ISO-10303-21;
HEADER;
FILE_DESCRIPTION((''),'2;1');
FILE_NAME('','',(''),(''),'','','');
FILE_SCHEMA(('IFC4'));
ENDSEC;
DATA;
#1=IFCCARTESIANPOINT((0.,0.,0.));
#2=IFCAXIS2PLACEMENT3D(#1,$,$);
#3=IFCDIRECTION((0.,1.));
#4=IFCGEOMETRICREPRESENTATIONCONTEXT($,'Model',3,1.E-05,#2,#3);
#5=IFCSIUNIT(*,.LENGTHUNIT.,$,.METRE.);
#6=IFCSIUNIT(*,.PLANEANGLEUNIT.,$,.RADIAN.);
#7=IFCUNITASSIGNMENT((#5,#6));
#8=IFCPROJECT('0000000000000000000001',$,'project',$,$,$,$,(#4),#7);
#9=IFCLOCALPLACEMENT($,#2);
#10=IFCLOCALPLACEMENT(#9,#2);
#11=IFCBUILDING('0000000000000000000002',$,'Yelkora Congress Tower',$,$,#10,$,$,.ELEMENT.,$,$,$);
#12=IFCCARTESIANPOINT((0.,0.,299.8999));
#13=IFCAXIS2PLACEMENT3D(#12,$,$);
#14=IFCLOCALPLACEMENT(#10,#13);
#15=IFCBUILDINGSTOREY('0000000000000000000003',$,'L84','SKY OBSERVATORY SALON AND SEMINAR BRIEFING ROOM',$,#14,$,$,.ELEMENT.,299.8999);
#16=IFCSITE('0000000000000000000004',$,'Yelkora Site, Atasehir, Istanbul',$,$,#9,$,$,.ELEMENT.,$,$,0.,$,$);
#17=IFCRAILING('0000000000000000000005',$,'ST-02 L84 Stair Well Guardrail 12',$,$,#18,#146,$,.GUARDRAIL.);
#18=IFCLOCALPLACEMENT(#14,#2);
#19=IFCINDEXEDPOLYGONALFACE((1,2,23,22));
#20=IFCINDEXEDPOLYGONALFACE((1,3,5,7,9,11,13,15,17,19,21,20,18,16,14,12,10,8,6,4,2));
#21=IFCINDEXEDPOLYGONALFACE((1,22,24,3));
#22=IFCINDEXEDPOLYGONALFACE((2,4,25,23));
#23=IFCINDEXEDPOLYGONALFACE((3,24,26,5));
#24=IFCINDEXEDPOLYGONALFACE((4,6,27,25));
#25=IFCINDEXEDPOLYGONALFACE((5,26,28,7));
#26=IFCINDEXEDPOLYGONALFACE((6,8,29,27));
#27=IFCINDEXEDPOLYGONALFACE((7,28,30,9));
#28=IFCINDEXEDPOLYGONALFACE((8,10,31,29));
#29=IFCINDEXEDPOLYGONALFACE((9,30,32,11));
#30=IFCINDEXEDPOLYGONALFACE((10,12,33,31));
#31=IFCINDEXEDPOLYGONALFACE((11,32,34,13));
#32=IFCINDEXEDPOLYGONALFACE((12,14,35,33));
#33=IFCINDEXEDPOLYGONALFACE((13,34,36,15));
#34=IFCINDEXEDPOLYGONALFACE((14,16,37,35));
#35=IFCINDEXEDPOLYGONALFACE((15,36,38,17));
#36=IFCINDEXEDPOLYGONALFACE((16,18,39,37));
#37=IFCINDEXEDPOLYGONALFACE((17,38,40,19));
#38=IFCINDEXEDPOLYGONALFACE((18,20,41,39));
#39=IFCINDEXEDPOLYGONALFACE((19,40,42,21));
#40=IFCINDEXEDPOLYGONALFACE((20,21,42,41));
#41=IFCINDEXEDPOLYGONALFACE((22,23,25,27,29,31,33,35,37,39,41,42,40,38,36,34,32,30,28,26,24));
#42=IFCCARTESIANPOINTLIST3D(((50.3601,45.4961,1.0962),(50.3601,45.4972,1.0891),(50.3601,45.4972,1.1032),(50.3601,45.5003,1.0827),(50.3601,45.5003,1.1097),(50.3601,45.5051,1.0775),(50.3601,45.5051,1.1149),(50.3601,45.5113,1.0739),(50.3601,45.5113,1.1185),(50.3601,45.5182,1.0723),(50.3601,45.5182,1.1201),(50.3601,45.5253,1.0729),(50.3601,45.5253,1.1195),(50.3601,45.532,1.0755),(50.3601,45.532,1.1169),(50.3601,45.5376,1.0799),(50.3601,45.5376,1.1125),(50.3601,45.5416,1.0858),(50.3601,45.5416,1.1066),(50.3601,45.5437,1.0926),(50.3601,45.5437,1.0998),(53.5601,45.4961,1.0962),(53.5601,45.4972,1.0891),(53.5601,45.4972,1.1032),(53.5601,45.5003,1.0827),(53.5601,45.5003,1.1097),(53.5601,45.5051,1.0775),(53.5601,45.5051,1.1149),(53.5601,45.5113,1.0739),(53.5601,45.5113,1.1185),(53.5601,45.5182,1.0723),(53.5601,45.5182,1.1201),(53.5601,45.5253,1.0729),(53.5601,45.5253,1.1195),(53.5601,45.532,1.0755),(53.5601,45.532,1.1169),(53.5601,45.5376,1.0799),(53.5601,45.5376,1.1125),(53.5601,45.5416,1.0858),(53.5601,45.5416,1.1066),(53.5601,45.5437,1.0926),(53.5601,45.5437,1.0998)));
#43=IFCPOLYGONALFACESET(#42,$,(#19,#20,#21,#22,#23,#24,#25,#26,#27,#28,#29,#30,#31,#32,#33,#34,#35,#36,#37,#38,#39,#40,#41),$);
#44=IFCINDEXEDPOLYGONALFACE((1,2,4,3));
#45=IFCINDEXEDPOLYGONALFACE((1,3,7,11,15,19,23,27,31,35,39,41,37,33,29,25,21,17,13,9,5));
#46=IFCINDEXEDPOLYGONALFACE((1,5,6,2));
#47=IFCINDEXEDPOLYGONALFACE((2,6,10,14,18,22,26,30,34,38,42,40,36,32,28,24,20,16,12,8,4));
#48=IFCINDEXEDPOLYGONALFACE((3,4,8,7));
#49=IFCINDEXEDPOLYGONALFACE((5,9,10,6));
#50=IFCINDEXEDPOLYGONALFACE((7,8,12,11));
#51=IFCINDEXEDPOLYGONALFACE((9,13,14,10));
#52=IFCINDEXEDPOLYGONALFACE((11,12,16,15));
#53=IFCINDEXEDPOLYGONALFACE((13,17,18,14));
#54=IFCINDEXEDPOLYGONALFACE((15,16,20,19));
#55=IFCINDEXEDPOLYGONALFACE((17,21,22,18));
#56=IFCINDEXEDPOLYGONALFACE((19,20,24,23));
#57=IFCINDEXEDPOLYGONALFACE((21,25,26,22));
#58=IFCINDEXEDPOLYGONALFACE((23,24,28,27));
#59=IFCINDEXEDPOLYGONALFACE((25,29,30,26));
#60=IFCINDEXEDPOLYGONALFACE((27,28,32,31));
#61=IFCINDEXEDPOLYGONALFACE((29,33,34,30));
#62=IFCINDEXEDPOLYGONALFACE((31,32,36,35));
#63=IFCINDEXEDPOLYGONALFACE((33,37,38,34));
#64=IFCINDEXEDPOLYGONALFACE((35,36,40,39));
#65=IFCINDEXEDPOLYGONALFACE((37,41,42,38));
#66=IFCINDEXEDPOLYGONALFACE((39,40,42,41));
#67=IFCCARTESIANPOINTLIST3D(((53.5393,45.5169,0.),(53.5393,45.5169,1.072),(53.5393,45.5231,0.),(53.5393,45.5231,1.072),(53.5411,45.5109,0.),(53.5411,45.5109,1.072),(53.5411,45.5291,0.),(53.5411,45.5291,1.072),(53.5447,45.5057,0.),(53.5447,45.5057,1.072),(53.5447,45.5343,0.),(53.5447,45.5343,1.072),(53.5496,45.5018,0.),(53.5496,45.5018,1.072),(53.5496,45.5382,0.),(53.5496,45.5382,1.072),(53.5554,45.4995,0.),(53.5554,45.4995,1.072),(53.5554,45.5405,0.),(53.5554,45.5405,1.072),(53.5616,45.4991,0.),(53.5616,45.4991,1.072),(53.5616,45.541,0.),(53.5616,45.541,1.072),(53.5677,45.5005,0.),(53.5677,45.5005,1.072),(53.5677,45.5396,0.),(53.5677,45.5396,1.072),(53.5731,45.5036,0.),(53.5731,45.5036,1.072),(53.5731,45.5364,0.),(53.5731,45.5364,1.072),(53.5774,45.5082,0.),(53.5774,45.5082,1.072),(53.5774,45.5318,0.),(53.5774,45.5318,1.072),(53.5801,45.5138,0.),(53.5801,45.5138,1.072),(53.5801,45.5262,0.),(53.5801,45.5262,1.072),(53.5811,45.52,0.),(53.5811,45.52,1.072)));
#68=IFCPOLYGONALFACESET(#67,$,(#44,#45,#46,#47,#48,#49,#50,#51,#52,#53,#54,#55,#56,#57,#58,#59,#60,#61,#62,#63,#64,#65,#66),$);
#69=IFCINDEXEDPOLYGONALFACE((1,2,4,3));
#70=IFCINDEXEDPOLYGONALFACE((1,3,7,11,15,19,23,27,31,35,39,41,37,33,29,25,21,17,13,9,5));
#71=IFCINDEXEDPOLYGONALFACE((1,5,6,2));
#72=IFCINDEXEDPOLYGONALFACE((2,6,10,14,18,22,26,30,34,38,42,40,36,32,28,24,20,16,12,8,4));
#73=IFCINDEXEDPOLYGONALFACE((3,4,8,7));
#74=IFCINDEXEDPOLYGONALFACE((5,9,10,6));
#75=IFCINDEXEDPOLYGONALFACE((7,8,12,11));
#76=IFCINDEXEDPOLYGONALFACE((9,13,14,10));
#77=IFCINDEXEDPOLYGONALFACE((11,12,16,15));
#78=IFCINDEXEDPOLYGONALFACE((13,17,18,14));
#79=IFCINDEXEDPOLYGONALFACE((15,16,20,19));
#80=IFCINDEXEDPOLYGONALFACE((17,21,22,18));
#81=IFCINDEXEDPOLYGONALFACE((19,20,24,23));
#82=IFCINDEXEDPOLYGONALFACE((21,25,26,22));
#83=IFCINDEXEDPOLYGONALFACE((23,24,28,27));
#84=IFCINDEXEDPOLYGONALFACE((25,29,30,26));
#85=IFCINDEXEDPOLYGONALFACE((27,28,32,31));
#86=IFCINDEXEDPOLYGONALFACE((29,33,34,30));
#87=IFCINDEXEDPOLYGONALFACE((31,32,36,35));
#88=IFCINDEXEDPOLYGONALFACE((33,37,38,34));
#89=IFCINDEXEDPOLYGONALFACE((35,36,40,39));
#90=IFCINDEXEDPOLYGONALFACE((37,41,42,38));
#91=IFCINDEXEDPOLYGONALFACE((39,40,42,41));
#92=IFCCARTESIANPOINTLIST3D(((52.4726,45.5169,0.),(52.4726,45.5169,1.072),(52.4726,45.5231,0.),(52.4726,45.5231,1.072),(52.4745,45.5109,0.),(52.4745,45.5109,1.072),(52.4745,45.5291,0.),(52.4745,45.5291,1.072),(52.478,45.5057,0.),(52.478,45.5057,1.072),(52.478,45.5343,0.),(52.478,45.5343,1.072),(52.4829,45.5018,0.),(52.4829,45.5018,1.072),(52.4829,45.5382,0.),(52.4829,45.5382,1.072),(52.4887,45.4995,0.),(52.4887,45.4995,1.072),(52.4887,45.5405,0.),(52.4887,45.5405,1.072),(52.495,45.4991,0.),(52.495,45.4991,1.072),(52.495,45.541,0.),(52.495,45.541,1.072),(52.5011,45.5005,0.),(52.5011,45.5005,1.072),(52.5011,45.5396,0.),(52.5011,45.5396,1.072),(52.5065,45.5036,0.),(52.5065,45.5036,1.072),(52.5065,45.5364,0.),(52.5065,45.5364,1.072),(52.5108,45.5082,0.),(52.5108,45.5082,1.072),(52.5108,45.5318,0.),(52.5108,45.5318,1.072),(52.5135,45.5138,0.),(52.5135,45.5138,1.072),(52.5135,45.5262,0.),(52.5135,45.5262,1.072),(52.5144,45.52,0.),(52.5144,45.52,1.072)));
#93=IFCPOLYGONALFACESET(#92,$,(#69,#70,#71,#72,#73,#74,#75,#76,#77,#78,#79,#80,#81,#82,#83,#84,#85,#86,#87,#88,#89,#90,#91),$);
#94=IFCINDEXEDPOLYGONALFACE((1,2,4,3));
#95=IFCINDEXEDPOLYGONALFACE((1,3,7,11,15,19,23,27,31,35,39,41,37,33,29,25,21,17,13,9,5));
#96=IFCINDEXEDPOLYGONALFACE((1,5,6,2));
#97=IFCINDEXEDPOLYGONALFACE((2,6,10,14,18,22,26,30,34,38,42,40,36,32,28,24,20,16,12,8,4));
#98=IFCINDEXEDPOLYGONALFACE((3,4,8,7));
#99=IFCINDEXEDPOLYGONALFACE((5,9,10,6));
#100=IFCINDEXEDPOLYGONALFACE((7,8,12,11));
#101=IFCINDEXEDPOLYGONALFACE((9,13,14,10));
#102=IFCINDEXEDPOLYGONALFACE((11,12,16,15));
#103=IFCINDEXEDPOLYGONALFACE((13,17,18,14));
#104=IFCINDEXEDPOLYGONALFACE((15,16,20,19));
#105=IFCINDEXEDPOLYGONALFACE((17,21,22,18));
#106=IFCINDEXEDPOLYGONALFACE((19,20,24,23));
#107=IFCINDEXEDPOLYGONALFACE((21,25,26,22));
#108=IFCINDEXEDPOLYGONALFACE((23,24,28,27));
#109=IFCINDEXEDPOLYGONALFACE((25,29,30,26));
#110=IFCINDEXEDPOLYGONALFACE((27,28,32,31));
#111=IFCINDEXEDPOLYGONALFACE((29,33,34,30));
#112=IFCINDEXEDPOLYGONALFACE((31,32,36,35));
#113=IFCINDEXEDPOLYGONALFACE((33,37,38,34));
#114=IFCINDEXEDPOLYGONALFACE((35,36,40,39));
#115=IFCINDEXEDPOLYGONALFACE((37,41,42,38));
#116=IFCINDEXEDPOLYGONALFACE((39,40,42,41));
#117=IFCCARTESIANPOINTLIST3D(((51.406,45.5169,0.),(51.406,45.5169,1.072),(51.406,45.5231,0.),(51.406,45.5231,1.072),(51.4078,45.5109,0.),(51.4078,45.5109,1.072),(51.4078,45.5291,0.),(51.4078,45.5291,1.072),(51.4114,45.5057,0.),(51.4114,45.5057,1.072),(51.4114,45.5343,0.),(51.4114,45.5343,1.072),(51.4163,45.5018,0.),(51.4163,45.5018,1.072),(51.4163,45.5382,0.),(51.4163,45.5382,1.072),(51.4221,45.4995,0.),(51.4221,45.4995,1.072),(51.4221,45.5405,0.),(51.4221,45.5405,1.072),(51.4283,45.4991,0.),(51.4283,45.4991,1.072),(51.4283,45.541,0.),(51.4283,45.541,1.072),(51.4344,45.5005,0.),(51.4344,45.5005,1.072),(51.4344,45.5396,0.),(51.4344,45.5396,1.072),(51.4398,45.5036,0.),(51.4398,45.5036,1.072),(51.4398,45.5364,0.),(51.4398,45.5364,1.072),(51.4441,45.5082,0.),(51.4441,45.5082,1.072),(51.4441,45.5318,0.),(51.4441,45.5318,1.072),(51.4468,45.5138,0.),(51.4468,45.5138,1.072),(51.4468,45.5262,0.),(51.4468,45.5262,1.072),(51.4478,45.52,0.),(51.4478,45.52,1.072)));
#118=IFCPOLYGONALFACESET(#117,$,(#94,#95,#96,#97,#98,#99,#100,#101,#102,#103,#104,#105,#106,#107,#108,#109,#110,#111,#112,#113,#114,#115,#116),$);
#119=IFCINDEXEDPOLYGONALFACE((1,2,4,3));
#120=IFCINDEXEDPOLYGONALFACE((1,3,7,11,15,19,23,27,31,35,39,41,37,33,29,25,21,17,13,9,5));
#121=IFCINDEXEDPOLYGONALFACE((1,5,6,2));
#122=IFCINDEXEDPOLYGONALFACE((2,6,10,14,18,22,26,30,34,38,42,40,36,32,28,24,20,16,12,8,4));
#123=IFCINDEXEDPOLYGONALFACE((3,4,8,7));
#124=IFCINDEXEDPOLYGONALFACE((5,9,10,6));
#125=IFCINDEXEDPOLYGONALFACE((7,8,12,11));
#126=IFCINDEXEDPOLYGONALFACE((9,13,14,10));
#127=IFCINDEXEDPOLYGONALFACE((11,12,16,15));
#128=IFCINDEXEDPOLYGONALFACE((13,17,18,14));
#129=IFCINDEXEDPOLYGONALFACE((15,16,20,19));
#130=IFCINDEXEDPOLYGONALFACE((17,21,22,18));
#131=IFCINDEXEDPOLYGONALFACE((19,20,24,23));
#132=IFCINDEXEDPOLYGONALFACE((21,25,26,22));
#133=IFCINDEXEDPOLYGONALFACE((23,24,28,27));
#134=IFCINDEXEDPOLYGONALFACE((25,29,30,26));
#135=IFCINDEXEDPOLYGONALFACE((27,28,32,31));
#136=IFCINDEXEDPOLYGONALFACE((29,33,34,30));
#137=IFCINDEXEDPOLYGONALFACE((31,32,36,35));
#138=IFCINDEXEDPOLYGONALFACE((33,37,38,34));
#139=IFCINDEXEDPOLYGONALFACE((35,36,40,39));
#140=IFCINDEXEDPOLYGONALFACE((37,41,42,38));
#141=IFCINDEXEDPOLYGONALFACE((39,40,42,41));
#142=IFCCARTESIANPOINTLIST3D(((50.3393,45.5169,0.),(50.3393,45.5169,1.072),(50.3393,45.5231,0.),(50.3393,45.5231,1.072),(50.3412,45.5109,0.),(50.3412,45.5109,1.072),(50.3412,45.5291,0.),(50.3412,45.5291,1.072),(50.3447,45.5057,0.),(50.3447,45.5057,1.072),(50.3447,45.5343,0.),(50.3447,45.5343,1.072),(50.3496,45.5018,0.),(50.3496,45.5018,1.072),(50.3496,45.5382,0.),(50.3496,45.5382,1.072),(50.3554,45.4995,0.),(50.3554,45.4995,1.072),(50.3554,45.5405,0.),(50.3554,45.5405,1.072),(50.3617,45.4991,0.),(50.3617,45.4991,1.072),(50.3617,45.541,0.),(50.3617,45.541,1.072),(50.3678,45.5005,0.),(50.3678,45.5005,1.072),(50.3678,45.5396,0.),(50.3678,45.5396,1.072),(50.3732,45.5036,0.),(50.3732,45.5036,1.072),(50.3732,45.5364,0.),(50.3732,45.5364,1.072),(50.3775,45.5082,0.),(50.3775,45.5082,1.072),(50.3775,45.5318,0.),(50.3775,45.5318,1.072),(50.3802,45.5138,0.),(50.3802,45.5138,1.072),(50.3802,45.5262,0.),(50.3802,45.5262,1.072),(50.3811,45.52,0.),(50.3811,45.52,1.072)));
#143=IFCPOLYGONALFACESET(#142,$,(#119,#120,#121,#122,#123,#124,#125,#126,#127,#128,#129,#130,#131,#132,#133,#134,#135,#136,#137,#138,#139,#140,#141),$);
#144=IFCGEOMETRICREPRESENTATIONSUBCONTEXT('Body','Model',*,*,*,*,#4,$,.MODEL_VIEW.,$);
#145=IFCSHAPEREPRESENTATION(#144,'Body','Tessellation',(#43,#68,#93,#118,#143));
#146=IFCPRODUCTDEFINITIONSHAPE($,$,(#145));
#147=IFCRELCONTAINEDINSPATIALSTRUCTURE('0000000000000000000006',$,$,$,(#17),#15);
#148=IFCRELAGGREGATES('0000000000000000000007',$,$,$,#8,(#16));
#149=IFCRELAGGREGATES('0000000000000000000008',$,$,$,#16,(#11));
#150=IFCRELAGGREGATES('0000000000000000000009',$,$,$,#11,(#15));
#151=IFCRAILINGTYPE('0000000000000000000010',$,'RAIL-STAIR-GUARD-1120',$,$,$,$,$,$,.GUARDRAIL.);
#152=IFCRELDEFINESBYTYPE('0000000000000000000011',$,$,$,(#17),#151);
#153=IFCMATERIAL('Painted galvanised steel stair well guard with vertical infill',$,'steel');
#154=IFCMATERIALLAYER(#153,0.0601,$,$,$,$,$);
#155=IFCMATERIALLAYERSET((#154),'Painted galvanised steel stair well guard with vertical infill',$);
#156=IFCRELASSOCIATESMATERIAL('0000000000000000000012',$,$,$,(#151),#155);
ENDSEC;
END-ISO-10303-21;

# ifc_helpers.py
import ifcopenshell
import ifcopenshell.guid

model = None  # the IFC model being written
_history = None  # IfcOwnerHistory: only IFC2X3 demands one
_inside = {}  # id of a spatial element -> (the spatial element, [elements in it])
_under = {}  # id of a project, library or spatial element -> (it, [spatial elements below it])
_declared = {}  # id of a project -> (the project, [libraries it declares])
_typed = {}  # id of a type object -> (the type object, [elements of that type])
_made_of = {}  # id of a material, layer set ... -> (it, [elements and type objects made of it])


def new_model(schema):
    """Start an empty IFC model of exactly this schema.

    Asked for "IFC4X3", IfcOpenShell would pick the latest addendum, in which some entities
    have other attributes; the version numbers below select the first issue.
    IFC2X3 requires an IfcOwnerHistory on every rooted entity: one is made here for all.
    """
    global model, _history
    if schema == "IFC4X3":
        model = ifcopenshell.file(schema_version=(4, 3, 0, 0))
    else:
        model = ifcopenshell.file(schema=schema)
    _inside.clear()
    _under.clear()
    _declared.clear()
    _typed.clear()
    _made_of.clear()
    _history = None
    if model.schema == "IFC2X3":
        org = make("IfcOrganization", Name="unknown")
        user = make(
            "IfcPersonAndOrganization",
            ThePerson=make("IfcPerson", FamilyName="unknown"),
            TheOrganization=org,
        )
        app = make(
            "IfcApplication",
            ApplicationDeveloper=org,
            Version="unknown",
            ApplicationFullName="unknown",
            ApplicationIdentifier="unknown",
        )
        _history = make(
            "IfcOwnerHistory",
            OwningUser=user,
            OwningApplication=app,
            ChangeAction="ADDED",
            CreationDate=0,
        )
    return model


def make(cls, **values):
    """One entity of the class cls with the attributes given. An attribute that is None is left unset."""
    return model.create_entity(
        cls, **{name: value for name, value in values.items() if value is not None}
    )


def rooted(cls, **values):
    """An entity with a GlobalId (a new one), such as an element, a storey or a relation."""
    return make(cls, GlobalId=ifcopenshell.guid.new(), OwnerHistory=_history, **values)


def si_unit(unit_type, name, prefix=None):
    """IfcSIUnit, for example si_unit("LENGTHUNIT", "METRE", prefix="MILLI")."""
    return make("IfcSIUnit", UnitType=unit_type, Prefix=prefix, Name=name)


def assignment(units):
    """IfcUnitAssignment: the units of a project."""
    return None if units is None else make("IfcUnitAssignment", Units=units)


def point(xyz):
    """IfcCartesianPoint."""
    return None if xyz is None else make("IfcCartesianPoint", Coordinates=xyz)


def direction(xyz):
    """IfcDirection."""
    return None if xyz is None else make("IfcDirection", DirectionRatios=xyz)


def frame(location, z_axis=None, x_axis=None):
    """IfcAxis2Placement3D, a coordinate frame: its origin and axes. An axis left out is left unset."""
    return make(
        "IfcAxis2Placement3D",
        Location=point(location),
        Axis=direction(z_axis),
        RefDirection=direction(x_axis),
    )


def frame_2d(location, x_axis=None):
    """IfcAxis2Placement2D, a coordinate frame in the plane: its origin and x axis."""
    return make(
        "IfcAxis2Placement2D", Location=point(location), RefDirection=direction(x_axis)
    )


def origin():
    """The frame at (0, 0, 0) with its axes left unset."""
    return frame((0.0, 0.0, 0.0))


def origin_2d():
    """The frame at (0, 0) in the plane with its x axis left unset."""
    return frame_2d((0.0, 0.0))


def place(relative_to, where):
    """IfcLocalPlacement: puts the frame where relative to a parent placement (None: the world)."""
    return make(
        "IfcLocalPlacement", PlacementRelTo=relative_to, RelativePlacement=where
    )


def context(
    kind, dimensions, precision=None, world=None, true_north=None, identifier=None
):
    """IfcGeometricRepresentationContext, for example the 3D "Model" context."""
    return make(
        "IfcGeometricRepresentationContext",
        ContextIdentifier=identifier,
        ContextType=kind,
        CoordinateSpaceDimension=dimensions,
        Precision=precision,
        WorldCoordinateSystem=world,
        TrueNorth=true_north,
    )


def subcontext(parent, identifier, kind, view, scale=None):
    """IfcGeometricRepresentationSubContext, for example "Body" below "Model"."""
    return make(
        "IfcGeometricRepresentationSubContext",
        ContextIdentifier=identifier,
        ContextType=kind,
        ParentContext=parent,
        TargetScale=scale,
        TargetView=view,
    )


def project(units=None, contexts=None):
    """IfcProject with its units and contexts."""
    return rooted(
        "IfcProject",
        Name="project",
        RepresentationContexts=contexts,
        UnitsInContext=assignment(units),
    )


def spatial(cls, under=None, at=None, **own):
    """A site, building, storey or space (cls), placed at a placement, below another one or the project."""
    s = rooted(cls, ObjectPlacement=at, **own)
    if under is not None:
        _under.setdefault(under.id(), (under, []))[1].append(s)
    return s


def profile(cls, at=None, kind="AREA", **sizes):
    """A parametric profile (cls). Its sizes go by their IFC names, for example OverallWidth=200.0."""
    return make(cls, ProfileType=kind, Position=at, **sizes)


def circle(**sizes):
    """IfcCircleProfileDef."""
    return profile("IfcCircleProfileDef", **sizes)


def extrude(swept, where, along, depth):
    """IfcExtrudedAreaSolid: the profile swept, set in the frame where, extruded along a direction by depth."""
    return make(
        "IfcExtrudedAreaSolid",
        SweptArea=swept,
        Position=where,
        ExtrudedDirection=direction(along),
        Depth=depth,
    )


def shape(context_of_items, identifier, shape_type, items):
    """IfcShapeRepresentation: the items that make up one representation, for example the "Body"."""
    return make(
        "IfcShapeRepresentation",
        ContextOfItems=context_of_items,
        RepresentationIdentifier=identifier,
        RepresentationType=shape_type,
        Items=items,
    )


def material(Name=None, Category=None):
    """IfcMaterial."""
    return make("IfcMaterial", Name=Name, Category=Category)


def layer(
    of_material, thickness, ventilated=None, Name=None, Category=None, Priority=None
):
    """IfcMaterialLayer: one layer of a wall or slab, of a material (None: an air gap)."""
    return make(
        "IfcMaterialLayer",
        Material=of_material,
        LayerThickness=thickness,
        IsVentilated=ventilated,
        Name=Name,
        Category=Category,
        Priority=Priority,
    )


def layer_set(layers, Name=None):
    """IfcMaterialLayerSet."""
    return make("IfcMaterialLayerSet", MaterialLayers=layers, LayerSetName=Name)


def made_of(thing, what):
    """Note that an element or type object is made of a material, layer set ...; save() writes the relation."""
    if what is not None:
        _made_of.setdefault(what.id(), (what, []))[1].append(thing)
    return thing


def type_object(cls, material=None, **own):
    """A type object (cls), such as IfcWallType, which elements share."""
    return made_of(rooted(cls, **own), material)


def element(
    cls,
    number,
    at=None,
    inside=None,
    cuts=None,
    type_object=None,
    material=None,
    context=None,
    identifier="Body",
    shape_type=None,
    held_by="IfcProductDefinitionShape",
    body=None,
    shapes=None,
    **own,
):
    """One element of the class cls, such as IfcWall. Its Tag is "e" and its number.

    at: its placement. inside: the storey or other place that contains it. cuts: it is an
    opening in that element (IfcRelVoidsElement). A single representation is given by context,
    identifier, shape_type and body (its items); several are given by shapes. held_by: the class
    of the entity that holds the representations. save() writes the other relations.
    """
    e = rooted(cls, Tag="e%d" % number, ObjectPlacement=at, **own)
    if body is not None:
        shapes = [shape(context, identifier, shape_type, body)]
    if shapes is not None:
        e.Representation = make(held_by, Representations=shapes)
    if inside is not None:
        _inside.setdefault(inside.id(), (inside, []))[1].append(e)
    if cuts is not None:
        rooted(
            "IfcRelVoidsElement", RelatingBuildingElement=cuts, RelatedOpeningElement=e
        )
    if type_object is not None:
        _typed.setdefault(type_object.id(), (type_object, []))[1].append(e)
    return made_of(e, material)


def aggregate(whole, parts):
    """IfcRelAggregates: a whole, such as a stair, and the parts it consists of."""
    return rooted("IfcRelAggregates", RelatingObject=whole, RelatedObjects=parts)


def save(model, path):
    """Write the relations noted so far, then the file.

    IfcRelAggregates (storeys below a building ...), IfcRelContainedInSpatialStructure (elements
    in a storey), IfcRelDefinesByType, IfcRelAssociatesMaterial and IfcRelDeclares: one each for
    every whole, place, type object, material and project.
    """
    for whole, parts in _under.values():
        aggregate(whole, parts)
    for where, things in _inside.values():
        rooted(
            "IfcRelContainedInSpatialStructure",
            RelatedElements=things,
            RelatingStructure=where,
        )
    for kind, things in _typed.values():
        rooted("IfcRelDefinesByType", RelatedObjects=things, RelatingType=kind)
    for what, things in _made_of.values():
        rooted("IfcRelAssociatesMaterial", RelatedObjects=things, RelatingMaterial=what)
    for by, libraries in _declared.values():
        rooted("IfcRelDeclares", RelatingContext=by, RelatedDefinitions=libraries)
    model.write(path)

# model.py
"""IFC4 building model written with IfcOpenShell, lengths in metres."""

from ifc_helpers import new_model, si_unit, direction, frame, origin, origin_2d, place, context, subcontext, project, spatial, circle, extrude, material, layer, layer_set, type_object, element, save


model = new_model("IFC4")

# Units and contexts
model_context = context("Model", 3, precision=1e-05, world=origin(), true_north=direction((0.0, 1.0)))
body_context = subcontext(model_context, "Body", "Model", "MODEL_VIEW")
ifc_project = project(units=[si_unit("LENGTHUNIT", "METRE"), si_unit("PLANEANGLEUNIT", "RADIAN")], contexts=[model_context])

# Site, building, storey
site_placement = place(None, origin())
site = spatial("IfcSite", under=ifc_project, at=site_placement, Name="Yelkora Site, Atasehir, Istanbul", CompositionType="ELEMENT", RefElevation=0.0)
building_placement = place(site_placement, origin())
building = spatial("IfcBuilding", under=site, at=building_placement, Name="Yelkora Congress Tower", CompositionType="ELEMENT")
storey_placement = place(building_placement, frame((0.0, 0.0, 299.8999)))
storey = spatial("IfcBuildingStorey", under=building, at=storey_placement, Name="L84", Description="SKY OBSERVATORY SALON AND SEMINAR BRIEFING ROOM", CompositionType="ELEMENT", Elevation=299.8999)

# Railing
ifc_material_1 = material(Name="Painted galvanised steel stair well guard with vertical infill", Category="steel")
ifc_layer_1 = layer(ifc_material_1, 0.0601)
ifc_layer_set_1 = layer_set([ifc_layer_1], Name="Painted galvanised steel stair well guard with vertical infill")
railing_type = type_object("IfcRailingType", Name="RAIL-STAIR-GUARD-1120", PredefinedType="GUARDRAIL", material=ifc_layer_set_1)
railing_1_placement = place(storey_placement, frame((53.5601, 45.52, 0.0)))
element("IfcRailing", 1, at=railing_1_placement, inside=storey, type_object=railing_type, Name="ST-02 L84 Stair Well Guardrail 12", PredefinedType="GUARDRAIL", context=body_context, shape_type="SweptSolid", body=[
    extrude(circle(Radius=0.0239, at=origin_2d()), frame((0.0, 0.0, 1.0962), z_axis=(-1.0, 0.0, 0.0), x_axis=(0.0, -1.0, 0.0)), (0.0, 0.0, 1.0), 3.2),
    extrude(circle(Radius=0.021, at=origin_2d()), origin(), (0.0, 0.0, 1.0), 1.072),
    extrude(circle(Radius=0.021, at=origin_2d()), frame((-1.0667, 0.0, 0.0)), (0.0, 0.0, 1.0), 1.072),
    extrude(circle(Radius=0.021, at=origin_2d()), frame((-2.1333, 0.0, 0.0)), (0.0, 0.0, 1.0), 1.072),
    extrude(circle(Radius=0.021, at=origin_2d()), frame((-3.2, 0.0, 0.0)), (0.0, 0.0, 1.0), 1.072),
])

save(model, "model.ifc")
